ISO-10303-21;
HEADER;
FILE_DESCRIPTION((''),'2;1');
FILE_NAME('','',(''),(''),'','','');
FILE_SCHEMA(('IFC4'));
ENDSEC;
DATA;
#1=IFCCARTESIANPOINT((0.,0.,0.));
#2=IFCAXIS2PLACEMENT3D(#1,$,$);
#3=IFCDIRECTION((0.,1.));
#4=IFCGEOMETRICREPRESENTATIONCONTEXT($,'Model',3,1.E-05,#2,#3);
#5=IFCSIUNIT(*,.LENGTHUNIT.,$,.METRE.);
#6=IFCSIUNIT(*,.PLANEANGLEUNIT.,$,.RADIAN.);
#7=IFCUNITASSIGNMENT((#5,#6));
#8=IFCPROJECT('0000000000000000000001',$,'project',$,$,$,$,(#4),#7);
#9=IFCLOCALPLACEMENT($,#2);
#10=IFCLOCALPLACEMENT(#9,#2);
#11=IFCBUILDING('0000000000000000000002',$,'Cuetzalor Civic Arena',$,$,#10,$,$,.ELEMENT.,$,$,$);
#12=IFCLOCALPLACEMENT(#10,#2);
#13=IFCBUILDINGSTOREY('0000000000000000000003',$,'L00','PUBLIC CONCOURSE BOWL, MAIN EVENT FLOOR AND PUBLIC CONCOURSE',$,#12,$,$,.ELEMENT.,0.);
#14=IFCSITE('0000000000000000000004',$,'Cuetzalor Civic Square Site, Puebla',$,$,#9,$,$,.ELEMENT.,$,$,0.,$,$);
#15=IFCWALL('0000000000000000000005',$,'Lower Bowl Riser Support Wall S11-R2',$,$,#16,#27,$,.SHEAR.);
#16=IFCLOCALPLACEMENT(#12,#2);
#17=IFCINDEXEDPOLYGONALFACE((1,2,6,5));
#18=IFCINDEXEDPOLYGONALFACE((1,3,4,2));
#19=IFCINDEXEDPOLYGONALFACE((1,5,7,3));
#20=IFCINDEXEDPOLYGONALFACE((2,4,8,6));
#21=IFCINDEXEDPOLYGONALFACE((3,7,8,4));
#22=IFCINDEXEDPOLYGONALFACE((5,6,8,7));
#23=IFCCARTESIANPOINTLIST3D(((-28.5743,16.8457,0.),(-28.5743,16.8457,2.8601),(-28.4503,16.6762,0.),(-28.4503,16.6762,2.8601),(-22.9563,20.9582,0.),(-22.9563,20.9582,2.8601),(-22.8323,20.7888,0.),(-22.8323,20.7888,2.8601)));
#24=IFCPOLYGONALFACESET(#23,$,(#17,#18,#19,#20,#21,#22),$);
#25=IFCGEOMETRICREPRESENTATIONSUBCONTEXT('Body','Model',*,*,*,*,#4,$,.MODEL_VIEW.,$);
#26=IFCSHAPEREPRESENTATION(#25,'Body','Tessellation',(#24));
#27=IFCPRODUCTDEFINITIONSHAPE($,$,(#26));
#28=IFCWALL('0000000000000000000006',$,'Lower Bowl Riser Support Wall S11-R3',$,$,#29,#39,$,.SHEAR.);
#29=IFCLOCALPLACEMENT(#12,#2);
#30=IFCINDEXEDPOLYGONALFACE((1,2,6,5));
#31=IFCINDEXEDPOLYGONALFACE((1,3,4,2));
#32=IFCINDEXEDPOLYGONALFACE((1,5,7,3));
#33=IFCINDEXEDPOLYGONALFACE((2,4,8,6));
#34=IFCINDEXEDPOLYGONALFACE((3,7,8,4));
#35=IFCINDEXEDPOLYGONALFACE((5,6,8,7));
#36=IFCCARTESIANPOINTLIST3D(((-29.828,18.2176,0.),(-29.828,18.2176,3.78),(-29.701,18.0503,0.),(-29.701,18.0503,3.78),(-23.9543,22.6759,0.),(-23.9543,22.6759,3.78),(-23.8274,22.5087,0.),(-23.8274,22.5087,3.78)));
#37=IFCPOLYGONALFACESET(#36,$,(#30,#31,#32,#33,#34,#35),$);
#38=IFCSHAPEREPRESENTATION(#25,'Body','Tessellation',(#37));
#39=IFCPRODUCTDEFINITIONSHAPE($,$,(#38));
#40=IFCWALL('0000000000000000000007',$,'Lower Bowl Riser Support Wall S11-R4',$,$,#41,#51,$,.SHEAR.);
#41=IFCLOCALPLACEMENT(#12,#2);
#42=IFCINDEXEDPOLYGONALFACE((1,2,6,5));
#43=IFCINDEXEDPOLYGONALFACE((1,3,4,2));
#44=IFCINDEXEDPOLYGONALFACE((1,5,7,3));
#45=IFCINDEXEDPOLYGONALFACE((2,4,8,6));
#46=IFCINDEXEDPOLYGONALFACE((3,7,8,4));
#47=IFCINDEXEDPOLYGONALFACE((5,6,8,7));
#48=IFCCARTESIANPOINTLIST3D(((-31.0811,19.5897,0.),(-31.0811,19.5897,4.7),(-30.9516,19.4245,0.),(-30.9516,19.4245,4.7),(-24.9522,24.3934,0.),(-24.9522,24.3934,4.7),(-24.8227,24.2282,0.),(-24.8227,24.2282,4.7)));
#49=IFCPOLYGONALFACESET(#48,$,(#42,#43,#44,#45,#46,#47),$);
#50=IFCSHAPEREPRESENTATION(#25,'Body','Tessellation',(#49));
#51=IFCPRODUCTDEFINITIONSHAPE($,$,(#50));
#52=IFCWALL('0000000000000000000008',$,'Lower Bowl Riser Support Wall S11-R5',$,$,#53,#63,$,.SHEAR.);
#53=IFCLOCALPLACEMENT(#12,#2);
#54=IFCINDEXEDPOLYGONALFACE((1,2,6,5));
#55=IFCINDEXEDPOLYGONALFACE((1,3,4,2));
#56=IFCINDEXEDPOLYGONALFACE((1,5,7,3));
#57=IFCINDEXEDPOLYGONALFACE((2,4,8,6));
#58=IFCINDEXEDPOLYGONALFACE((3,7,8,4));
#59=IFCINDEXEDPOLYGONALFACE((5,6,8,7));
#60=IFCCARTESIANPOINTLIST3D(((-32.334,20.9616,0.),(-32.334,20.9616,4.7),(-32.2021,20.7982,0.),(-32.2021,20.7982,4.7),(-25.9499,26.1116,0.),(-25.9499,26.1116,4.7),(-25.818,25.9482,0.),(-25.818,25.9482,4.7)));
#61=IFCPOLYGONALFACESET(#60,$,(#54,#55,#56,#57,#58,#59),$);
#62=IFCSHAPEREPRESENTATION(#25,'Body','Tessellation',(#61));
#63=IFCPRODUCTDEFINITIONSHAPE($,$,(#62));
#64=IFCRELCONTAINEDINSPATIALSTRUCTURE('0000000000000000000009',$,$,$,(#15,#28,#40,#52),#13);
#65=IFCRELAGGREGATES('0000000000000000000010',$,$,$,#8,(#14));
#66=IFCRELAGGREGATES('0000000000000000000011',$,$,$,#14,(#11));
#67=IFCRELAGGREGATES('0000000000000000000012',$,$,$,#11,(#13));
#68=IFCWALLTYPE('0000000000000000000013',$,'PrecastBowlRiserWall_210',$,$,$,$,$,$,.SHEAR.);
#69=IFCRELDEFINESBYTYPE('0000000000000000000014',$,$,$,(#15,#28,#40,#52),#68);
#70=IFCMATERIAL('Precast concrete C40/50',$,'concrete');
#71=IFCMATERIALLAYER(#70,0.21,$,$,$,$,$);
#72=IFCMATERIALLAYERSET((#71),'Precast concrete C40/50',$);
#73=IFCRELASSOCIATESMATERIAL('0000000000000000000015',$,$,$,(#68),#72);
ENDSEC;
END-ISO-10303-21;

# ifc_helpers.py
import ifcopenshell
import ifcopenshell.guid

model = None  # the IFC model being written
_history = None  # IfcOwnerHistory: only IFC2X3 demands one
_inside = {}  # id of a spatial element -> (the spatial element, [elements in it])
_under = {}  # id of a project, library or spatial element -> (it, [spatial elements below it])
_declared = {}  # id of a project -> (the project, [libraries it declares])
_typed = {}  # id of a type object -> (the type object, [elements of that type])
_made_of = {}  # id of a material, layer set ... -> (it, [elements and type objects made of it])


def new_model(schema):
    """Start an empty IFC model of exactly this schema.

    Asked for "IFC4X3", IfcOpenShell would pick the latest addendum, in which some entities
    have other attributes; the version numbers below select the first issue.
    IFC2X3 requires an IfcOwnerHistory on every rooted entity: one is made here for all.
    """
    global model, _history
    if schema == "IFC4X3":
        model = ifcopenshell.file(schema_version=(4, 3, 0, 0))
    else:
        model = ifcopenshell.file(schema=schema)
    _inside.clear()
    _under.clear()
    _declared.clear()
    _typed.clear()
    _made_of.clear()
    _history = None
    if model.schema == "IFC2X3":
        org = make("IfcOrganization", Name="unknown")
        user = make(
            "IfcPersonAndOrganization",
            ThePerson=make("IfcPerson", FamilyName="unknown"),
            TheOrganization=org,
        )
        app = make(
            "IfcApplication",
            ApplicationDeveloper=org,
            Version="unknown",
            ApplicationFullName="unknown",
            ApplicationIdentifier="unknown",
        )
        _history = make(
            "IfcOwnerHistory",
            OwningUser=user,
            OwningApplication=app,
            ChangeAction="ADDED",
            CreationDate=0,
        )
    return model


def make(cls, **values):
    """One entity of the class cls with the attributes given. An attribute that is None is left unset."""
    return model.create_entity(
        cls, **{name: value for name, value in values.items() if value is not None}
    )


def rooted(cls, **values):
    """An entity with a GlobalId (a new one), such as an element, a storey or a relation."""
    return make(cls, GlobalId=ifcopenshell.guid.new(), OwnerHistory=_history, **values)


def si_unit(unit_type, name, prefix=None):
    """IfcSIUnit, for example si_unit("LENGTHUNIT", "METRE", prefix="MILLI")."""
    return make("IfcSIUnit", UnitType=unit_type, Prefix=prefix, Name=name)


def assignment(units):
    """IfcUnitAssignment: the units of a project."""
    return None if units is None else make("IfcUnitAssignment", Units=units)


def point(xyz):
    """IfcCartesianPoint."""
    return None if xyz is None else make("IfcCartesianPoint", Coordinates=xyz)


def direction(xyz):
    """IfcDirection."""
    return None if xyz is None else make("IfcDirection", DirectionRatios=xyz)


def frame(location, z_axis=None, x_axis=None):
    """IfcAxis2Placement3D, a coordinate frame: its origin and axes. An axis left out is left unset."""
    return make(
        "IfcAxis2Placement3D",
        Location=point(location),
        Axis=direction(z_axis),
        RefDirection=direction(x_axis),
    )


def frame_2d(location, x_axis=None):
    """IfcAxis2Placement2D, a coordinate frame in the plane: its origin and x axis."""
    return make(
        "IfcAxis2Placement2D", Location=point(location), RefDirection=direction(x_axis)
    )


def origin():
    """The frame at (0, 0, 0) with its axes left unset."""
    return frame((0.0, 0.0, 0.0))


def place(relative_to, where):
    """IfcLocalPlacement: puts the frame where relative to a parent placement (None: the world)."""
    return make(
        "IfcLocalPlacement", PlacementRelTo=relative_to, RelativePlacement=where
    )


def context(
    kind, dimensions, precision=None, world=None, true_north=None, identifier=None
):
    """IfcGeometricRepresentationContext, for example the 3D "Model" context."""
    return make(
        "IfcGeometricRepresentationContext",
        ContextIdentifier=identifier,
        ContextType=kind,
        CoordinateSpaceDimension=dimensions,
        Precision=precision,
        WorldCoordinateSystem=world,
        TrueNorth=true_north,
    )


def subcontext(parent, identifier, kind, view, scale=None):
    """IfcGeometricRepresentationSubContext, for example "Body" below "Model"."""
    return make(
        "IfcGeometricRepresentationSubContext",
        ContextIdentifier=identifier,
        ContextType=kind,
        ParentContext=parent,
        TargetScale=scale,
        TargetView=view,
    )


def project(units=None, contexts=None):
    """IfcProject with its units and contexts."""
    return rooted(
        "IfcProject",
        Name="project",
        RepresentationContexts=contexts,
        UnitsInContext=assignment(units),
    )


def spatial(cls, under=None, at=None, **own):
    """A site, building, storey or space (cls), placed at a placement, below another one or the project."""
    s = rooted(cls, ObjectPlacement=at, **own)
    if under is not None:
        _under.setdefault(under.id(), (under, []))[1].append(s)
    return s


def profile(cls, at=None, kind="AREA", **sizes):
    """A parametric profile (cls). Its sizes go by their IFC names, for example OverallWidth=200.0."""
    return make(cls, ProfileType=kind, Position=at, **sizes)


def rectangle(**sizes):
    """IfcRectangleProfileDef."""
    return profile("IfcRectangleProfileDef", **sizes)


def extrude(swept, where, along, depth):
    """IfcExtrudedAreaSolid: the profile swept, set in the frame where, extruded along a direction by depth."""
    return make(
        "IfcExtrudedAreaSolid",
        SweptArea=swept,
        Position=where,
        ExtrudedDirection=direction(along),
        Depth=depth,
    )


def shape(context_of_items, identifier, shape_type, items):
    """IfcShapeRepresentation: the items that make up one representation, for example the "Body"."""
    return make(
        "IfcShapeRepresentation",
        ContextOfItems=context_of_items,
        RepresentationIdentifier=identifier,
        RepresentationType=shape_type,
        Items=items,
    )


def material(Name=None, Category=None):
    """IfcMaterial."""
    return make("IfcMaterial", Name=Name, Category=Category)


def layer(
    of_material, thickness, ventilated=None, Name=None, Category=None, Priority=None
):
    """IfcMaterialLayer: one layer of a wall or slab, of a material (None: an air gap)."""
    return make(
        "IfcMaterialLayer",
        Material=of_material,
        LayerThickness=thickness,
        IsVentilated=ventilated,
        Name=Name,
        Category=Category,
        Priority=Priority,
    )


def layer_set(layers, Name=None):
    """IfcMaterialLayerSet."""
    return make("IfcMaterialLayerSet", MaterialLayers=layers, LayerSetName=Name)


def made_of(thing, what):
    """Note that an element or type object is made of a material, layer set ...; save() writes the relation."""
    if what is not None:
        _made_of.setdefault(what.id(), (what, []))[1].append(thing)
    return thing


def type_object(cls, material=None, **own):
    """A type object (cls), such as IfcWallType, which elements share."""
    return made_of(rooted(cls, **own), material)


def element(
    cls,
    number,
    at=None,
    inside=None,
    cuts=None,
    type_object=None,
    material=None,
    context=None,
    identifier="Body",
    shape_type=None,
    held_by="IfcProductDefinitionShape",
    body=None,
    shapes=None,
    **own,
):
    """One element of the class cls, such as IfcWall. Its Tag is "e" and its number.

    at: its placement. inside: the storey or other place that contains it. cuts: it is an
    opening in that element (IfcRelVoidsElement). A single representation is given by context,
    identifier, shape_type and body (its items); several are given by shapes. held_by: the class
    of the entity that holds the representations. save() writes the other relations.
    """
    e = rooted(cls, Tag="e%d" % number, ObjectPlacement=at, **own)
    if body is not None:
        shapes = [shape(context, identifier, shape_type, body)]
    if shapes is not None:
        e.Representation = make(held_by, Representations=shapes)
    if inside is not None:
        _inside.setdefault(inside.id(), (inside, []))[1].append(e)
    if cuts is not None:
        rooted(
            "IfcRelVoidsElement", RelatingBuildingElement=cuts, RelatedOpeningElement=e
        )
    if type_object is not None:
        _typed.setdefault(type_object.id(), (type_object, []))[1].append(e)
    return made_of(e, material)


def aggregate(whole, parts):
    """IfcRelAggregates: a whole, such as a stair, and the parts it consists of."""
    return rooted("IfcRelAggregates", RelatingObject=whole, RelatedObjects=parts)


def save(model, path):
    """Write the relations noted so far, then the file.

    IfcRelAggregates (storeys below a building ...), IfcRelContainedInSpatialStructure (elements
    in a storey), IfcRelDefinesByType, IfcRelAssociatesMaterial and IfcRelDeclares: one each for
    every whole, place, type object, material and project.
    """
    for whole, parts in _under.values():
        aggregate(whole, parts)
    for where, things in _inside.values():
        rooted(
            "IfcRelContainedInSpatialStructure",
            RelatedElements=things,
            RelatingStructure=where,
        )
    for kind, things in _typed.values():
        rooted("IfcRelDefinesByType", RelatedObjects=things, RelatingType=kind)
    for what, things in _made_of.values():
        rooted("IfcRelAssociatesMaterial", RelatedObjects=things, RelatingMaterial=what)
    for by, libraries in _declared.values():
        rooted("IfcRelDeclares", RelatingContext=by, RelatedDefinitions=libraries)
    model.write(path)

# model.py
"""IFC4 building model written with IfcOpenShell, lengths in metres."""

from ifc_helpers import new_model, si_unit, direction, frame, frame_2d, origin, place, context, subcontext, project, spatial, rectangle, extrude, material, layer, layer_set, type_object, element, save


model = new_model("IFC4")

# Units and contexts
model_context = context("Model", 3, precision=1e-05, world=origin(), true_north=direction((0.0, 1.0)))
body_context = subcontext(model_context, "Body", "Model", "MODEL_VIEW")
ifc_project = project(units=[si_unit("LENGTHUNIT", "METRE"), si_unit("PLANEANGLEUNIT", "RADIAN")], contexts=[model_context])

# Site, building, storey
site_placement = place(None, origin())
site = spatial("IfcSite", under=ifc_project, at=site_placement, Name="Cuetzalor Civic Square Site, Puebla", CompositionType="ELEMENT", RefElevation=0.0)
building_placement = place(site_placement, origin())
building = spatial("IfcBuilding", under=site, at=building_placement, Name="Cuetzalor Civic Arena", CompositionType="ELEMENT")
storey_placement = place(building_placement, origin())
storey = spatial("IfcBuildingStorey", under=building, at=storey_placement, Name="L00", Description="PUBLIC CONCOURSE BOWL, MAIN EVENT FLOOR AND PUBLIC CONCOURSE", CompositionType="ELEMENT", Elevation=0.0)

# Walls
ifc_material_1 = material(Name="Precast concrete C40/50", Category="concrete")
ifc_layer_1 = layer(ifc_material_1, 0.21)
ifc_layer_set_1 = layer_set([ifc_layer_1], Name="Precast concrete C40/50")
wall_type = type_object("IfcWallType", Name="PrecastBowlRiserWall_210", PredefinedType="SHEAR", material=ifc_layer_set_1)
wall_1_placement = place(storey_placement, frame((-22.8943, 20.8735, 0.0), z_axis=(0.0, 0.0, 1.0), x_axis=(-0.806902, -0.590685, 0.0)))
element("IfcWall", 1, at=wall_1_placement, inside=storey, type_object=wall_type, Name="Lower Bowl Riser Support Wall S11-R2", PredefinedType="SHEAR", context=body_context, shape_type="SweptSolid", body=[
    extrude(rectangle(XDim=6.9624, YDim=0.21, at=frame_2d((3.4812, 0.0))), origin(), (0.0, 0.0, 1.0), 2.8601),
])
wall_2_placement = place(storey_placement, frame((-23.8909, 22.5923, 0.0), z_axis=(0.0, 0.0, 1.0), x_axis=(-0.79653, -0.604599, 0.0)))
element("IfcWall", 2, at=wall_2_placement, inside=storey, type_object=wall_type, Name="Lower Bowl Riser Support Wall S11-R3", PredefinedType="SHEAR", context=body_context, shape_type="SweptSolid", body=[
    extrude(rectangle(XDim=7.374, YDim=0.21, at=frame_2d((3.687, 0.0))), origin(), (0.0, 0.0, 1.0), 3.78),
])
wall_3_placement = place(storey_placement, frame((-24.8875, 24.3108, 0.0), z_axis=(0.0, 0.0, 1.0), x_axis=(-0.787058, -0.61688, 0.0)))
element("IfcWall", 3, at=wall_3_placement, inside=storey, type_object=wall_type, Name="Lower Bowl Riser Support Wall S11-R4", PredefinedType="SHEAR", context=body_context, shape_type="SweptSolid", body=[
    extrude(rectangle(XDim=7.7871, YDim=0.21, at=frame_2d((3.8936, 0.0))), origin(), (0.0, 0.0, 1.0), 4.7),
])
wall_4_placement = place(storey_placement, frame((-25.884, 26.0298, 0.0), z_axis=(0.0, 0.0, 1.0), x_axis=(-0.778324, -0.627862, 0.0)))
element("IfcWall", 4, at=wall_4_placement, inside=storey, type_object=wall_type, Name="Lower Bowl Riser Support Wall S11-R5", PredefinedType="SHEAR", context=body_context, shape_type="SweptSolid", body=[
    extrude(rectangle(XDim=8.2024, YDim=0.21, at=frame_2d((4.1011, 0.0))), origin(), (0.0, 0.0, 1.0), 4.7),
])

save(model, "model.ifc")
